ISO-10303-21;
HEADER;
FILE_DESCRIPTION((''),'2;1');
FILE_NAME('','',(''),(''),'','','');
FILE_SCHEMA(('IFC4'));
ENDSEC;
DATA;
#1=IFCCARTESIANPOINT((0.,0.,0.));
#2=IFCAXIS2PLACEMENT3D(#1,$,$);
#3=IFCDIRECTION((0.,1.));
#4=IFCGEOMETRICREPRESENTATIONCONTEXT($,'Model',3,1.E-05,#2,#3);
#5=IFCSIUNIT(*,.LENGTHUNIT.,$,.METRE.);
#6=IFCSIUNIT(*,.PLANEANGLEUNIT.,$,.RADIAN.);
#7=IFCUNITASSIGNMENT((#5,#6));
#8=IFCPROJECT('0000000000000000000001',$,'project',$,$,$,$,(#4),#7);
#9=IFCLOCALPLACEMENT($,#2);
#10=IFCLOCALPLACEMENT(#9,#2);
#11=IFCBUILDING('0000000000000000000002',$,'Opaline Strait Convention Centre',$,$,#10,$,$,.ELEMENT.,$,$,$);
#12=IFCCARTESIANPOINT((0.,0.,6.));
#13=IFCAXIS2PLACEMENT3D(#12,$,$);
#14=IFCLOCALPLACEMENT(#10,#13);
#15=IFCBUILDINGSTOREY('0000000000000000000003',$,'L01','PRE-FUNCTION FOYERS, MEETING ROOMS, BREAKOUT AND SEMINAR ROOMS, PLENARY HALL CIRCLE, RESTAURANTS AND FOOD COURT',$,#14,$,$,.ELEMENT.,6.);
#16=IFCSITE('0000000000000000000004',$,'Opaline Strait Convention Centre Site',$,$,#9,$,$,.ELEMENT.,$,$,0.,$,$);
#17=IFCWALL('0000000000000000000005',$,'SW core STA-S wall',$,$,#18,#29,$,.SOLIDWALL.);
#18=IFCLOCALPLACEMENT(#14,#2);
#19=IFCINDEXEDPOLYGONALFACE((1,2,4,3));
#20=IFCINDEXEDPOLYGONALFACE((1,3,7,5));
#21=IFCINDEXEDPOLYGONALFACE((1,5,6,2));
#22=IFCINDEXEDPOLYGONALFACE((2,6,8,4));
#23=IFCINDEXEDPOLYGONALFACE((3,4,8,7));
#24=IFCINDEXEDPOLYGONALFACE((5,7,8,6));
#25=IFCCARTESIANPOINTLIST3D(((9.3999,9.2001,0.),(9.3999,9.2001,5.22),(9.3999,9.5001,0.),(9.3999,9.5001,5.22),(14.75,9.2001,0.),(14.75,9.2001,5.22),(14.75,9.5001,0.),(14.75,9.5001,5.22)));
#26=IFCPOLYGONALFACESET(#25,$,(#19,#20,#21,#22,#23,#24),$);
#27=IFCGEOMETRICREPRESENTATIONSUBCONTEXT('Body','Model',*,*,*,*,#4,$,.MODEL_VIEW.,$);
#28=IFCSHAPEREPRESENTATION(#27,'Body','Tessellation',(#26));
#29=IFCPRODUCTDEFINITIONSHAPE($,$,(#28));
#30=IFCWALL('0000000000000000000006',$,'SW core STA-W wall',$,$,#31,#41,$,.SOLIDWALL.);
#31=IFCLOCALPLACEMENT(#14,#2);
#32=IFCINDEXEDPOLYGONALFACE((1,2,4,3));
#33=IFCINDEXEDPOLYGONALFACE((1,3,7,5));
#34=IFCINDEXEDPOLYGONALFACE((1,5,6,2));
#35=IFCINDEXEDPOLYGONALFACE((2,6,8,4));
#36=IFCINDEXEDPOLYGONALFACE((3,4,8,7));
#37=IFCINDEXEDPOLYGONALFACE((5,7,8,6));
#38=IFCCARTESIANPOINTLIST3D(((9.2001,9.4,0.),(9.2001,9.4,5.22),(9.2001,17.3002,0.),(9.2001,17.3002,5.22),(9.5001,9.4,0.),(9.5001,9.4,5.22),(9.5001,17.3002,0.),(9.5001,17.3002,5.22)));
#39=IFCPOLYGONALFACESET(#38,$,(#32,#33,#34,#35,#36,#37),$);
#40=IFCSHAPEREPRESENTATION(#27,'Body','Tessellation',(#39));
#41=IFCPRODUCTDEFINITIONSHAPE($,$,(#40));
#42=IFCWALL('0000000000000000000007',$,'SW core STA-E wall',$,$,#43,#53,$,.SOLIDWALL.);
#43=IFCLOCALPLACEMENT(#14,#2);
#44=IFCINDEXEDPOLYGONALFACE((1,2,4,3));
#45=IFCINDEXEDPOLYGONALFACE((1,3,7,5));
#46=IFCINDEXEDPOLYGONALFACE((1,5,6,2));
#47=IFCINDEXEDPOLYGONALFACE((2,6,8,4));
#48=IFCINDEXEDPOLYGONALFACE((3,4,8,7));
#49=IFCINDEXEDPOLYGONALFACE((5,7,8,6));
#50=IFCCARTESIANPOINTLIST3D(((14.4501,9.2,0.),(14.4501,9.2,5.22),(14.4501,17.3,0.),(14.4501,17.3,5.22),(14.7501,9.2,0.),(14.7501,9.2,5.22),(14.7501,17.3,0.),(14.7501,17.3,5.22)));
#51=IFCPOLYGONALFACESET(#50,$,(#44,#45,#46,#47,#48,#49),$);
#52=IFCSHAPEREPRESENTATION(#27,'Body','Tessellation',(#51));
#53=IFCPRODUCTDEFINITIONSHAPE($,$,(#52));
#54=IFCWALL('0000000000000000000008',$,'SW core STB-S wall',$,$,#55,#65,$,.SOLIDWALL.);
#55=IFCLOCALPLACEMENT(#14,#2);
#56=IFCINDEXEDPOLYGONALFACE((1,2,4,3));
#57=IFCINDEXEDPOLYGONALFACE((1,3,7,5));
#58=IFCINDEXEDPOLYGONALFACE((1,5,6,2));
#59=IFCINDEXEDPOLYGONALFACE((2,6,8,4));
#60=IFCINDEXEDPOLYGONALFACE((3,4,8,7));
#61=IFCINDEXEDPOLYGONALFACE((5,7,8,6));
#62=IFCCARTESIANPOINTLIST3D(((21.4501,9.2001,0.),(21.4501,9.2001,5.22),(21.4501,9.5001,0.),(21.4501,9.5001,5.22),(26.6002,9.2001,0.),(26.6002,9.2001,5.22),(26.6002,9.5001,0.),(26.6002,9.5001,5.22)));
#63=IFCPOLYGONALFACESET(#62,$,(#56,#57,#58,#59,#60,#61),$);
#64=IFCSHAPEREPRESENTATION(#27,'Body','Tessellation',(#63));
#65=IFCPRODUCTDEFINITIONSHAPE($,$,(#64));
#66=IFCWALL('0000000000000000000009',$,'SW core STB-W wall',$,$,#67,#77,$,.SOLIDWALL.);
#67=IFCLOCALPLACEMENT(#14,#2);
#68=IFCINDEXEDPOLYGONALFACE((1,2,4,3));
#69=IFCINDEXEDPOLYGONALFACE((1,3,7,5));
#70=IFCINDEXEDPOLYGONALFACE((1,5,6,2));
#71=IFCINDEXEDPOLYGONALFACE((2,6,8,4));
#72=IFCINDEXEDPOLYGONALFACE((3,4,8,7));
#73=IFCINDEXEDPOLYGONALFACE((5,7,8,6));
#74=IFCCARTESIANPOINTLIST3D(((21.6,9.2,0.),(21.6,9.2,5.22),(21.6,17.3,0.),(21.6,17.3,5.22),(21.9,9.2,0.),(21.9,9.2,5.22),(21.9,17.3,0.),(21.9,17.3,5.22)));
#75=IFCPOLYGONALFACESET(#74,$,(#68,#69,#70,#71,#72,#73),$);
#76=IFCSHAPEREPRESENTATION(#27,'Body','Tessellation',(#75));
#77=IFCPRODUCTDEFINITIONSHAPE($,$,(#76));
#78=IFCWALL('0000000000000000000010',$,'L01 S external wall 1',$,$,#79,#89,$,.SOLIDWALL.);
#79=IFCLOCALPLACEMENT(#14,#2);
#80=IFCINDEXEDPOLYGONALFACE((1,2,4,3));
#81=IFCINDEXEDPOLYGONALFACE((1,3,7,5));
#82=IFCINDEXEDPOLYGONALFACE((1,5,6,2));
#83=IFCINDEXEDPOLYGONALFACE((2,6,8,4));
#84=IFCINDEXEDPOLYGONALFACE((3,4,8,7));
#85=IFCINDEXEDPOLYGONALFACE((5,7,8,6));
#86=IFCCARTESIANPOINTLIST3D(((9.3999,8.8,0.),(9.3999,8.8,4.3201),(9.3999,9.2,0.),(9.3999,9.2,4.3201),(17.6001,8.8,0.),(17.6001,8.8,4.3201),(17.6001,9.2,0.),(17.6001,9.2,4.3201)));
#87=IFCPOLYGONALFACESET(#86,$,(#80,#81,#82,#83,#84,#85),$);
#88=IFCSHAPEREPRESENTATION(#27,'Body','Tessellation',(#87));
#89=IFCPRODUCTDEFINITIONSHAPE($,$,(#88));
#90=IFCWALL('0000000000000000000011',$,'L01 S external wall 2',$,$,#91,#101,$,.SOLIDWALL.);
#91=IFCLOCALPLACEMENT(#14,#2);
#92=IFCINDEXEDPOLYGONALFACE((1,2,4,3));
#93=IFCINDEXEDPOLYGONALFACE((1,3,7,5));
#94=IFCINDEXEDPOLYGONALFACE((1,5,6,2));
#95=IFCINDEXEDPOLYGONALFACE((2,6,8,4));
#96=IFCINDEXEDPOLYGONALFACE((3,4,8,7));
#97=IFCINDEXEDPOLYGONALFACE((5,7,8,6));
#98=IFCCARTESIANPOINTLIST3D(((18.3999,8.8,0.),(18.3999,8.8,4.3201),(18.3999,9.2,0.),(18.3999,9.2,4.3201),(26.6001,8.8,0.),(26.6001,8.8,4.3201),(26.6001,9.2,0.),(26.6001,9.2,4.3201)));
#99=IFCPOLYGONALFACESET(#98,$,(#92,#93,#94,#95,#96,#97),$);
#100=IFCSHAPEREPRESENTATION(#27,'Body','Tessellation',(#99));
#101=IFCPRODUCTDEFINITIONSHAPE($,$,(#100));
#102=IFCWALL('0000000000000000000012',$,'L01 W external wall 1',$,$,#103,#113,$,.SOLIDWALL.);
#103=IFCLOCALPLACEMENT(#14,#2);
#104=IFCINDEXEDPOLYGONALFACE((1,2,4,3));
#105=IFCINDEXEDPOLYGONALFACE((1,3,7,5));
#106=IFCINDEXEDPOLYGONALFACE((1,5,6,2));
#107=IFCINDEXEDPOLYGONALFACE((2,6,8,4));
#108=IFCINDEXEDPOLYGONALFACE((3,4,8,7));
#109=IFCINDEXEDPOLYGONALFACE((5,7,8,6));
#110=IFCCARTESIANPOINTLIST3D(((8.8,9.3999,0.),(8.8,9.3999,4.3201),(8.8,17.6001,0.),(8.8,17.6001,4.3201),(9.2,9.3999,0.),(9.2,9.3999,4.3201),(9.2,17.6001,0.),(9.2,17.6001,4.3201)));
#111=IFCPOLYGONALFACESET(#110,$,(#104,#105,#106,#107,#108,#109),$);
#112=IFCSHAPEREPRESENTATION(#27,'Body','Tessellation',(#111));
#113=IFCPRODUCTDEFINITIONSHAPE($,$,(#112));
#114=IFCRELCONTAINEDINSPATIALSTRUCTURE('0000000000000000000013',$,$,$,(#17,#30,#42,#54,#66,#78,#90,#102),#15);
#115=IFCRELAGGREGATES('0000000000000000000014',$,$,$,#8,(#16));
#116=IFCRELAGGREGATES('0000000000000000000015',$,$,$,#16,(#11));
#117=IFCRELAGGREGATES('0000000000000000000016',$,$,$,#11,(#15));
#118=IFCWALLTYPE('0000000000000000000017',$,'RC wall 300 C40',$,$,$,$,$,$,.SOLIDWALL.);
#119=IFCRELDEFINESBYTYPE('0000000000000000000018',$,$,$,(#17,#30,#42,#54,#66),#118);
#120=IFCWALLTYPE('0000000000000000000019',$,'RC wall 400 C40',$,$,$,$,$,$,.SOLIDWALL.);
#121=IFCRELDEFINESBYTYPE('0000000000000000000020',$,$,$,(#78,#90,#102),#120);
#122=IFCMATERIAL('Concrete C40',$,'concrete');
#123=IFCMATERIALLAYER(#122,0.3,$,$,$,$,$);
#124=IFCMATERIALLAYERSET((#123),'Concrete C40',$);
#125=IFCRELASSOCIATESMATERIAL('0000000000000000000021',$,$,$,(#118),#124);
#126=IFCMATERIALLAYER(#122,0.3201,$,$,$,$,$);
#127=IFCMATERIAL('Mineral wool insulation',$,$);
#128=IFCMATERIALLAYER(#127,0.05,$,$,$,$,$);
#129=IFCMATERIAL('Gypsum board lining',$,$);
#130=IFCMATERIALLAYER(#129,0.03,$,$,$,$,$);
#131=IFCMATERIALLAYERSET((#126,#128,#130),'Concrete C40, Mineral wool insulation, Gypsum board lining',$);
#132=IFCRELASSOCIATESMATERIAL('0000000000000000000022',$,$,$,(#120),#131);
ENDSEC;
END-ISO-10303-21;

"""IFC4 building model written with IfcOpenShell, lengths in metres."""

from ifc_helpers import new_model, si_unit, direction, frame, frame_2d, origin, place, context, subcontext, project, spatial, rectangle, extrude, material, layer, layer_set, type_object, element, save


model = new_model("IFC4")

# Units and contexts
model_context = context("Model", 3, precision=1e-05, world=origin(), true_north=direction((0.0, 1.0)))
body_context = subcontext(model_context, "Body", "Model", "MODEL_VIEW")
ifc_project = project(units=[si_unit("LENGTHUNIT", "METRE"), si_unit("PLANEANGLEUNIT", "RADIAN")], contexts=[model_context])

# Site, building, storey
site_placement = place(None, origin())
site = spatial("IfcSite", under=ifc_project, at=site_placement, Name="Opaline Strait Convention Centre Site", CompositionType="ELEMENT", RefElevation=0.0)
building_placement = place(site_placement, origin())
building = spatial("IfcBuilding", under=site, at=building_placement, Name="Opaline Strait Convention Centre", CompositionType="ELEMENT")
storey_placement = place(building_placement, frame((0.0, 0.0, 6.0)))
storey = spatial("IfcBuildingStorey", under=building, at=storey_placement, Name="L01", Description="PRE-FUNCTION FOYERS, MEETING ROOMS, BREAKOUT AND SEMINAR ROOMS, PLENARY HALL CIRCLE, RESTAURANTS AND FOOD COURT", CompositionType="ELEMENT", Elevation=6.0)

# Shared definitions
ifc_material_1 = material(Name="Concrete C40", Category="concrete")

# Walls
ifc_layer_1 = layer(ifc_material_1, 0.3)
ifc_layer_set_1 = layer_set([ifc_layer_1], Name="Concrete C40")
wall_type_1 = type_object("IfcWallType", Name="RC wall 300 C40", PredefinedType="SOLIDWALL", material=ifc_layer_set_1)
wall_1_placement = place(storey_placement, frame((9.3999, 9.3501, 0.0), z_axis=(0.0, 0.0, 1.0), x_axis=(1.0, 0.0, 0.0)))
element("IfcWall", 1, at=wall_1_placement, inside=storey, type_object=wall_type_1, Name="SW core STA-S wall", PredefinedType="SOLIDWALL", context=body_context, shape_type="SweptSolid", body=[
    extrude(rectangle(XDim=5.3501, YDim=0.3, at=frame_2d((2.675, 0.0))), origin(), (0.0, 0.0, 1.0), 5.22),
])
wall_2_placement = place(storey_placement, frame((9.3501, 9.3999, 0.0), z_axis=(0.0, 0.0, 1.0), x_axis=(0.0, 1.0, 0.0)))
element("IfcWall", 2, at=wall_2_placement, inside=storey, type_object=wall_type_1, Name="SW core STA-W wall", PredefinedType="SOLIDWALL", context=body_context, shape_type="SweptSolid", body=[
    extrude(rectangle(XDim=7.9001, YDim=0.3, at=frame_2d((3.9502, 0.0))), origin(), (0.0, 0.0, 1.0), 5.22),
])
wall_3_placement = place(storey_placement, frame((14.6001, 9.2, 0.0), z_axis=(0.0, 0.0, 1.0), x_axis=(0.0, 1.0, 0.0)))
element("IfcWall", 3, at=wall_3_placement, inside=storey, type_object=wall_type_1, Name="SW core STA-E wall", PredefinedType="SOLIDWALL", context=body_context, shape_type="SweptSolid", body=[
    extrude(rectangle(XDim=8.1001, YDim=0.3, at=frame_2d((4.05, 0.0))), origin(), (0.0, 0.0, 1.0), 5.22),
])
wall_4_placement = place(storey_placement, frame((21.45, 9.3501, 0.0), z_axis=(0.0, 0.0, 1.0), x_axis=(1.0, 0.0, 0.0)))
element("IfcWall", 4, at=wall_4_placement, inside=storey, type_object=wall_type_1, Name="SW core STB-S wall", PredefinedType="SOLIDWALL", context=body_context, shape_type="SweptSolid", body=[
    extrude(rectangle(XDim=5.1501, YDim=0.3, at=frame_2d((2.5752, 0.0))), origin(), (0.0, 0.0, 1.0), 5.22),
])
wall_5_placement = place(storey_placement, frame((21.75, 9.2, 0.0), z_axis=(0.0, 0.0, 1.0), x_axis=(0.0, 1.0, 0.0)))
element("IfcWall", 5, at=wall_5_placement, inside=storey, type_object=wall_type_1, Name="SW core STB-W wall", PredefinedType="SOLIDWALL", context=body_context, shape_type="SweptSolid", body=[
    extrude(rectangle(XDim=8.1001, YDim=0.3, at=frame_2d((4.05, 0.0))), origin(), (0.0, 0.0, 1.0), 5.22),
])
ifc_layer_2 = layer(ifc_material_1, 0.3201)
ifc_material_2 = material(Name="Mineral wool insulation")
ifc_layer_3 = layer(ifc_material_2, 0.05)
ifc_material_3 = material(Name="Gypsum board lining")
ifc_layer_4 = layer(ifc_material_3, 0.03)
ifc_layer_set_2 = layer_set([ifc_layer_2, ifc_layer_3, ifc_layer_4], Name="Concrete C40, Mineral wool insulation, Gypsum board lining")
wall_type_2 = type_object("IfcWallType", Name="RC wall 400 C40", PredefinedType="SOLIDWALL", material=ifc_layer_set_2)
for number, where, z_axis, x_axis, name in (
    (6, (9.3999, 9.0, 0.0), (0.0, 0.0, 1.0), (1.0, 0.0, 0.0), "L01 S external wall 1"),
    (7, (18.3999, 9.0, 0.0), (0.0, 0.0, 1.0), (1.0, 0.0, 0.0), "L01 S external wall 2"),
    (8, (9.0, 9.3999, 0.0), (0.0, 0.0, 1.0), (0.0, 1.0, 0.0), "L01 W external wall 1"),
):
    element("IfcWall", number, at=place(storey_placement, frame(where, z_axis=z_axis, x_axis=x_axis)), inside=storey, type_object=wall_type_2, Name=name, PredefinedType="SOLIDWALL", context=body_context, shape_type="SweptSolid", body=[
        extrude(rectangle(XDim=8.2002, YDim=0.3999, at=frame_2d((4.1001, 0.0))), origin(), (0.0, 0.0, 1.0), 4.3201),
    ])

save(model, "model.ifc")
